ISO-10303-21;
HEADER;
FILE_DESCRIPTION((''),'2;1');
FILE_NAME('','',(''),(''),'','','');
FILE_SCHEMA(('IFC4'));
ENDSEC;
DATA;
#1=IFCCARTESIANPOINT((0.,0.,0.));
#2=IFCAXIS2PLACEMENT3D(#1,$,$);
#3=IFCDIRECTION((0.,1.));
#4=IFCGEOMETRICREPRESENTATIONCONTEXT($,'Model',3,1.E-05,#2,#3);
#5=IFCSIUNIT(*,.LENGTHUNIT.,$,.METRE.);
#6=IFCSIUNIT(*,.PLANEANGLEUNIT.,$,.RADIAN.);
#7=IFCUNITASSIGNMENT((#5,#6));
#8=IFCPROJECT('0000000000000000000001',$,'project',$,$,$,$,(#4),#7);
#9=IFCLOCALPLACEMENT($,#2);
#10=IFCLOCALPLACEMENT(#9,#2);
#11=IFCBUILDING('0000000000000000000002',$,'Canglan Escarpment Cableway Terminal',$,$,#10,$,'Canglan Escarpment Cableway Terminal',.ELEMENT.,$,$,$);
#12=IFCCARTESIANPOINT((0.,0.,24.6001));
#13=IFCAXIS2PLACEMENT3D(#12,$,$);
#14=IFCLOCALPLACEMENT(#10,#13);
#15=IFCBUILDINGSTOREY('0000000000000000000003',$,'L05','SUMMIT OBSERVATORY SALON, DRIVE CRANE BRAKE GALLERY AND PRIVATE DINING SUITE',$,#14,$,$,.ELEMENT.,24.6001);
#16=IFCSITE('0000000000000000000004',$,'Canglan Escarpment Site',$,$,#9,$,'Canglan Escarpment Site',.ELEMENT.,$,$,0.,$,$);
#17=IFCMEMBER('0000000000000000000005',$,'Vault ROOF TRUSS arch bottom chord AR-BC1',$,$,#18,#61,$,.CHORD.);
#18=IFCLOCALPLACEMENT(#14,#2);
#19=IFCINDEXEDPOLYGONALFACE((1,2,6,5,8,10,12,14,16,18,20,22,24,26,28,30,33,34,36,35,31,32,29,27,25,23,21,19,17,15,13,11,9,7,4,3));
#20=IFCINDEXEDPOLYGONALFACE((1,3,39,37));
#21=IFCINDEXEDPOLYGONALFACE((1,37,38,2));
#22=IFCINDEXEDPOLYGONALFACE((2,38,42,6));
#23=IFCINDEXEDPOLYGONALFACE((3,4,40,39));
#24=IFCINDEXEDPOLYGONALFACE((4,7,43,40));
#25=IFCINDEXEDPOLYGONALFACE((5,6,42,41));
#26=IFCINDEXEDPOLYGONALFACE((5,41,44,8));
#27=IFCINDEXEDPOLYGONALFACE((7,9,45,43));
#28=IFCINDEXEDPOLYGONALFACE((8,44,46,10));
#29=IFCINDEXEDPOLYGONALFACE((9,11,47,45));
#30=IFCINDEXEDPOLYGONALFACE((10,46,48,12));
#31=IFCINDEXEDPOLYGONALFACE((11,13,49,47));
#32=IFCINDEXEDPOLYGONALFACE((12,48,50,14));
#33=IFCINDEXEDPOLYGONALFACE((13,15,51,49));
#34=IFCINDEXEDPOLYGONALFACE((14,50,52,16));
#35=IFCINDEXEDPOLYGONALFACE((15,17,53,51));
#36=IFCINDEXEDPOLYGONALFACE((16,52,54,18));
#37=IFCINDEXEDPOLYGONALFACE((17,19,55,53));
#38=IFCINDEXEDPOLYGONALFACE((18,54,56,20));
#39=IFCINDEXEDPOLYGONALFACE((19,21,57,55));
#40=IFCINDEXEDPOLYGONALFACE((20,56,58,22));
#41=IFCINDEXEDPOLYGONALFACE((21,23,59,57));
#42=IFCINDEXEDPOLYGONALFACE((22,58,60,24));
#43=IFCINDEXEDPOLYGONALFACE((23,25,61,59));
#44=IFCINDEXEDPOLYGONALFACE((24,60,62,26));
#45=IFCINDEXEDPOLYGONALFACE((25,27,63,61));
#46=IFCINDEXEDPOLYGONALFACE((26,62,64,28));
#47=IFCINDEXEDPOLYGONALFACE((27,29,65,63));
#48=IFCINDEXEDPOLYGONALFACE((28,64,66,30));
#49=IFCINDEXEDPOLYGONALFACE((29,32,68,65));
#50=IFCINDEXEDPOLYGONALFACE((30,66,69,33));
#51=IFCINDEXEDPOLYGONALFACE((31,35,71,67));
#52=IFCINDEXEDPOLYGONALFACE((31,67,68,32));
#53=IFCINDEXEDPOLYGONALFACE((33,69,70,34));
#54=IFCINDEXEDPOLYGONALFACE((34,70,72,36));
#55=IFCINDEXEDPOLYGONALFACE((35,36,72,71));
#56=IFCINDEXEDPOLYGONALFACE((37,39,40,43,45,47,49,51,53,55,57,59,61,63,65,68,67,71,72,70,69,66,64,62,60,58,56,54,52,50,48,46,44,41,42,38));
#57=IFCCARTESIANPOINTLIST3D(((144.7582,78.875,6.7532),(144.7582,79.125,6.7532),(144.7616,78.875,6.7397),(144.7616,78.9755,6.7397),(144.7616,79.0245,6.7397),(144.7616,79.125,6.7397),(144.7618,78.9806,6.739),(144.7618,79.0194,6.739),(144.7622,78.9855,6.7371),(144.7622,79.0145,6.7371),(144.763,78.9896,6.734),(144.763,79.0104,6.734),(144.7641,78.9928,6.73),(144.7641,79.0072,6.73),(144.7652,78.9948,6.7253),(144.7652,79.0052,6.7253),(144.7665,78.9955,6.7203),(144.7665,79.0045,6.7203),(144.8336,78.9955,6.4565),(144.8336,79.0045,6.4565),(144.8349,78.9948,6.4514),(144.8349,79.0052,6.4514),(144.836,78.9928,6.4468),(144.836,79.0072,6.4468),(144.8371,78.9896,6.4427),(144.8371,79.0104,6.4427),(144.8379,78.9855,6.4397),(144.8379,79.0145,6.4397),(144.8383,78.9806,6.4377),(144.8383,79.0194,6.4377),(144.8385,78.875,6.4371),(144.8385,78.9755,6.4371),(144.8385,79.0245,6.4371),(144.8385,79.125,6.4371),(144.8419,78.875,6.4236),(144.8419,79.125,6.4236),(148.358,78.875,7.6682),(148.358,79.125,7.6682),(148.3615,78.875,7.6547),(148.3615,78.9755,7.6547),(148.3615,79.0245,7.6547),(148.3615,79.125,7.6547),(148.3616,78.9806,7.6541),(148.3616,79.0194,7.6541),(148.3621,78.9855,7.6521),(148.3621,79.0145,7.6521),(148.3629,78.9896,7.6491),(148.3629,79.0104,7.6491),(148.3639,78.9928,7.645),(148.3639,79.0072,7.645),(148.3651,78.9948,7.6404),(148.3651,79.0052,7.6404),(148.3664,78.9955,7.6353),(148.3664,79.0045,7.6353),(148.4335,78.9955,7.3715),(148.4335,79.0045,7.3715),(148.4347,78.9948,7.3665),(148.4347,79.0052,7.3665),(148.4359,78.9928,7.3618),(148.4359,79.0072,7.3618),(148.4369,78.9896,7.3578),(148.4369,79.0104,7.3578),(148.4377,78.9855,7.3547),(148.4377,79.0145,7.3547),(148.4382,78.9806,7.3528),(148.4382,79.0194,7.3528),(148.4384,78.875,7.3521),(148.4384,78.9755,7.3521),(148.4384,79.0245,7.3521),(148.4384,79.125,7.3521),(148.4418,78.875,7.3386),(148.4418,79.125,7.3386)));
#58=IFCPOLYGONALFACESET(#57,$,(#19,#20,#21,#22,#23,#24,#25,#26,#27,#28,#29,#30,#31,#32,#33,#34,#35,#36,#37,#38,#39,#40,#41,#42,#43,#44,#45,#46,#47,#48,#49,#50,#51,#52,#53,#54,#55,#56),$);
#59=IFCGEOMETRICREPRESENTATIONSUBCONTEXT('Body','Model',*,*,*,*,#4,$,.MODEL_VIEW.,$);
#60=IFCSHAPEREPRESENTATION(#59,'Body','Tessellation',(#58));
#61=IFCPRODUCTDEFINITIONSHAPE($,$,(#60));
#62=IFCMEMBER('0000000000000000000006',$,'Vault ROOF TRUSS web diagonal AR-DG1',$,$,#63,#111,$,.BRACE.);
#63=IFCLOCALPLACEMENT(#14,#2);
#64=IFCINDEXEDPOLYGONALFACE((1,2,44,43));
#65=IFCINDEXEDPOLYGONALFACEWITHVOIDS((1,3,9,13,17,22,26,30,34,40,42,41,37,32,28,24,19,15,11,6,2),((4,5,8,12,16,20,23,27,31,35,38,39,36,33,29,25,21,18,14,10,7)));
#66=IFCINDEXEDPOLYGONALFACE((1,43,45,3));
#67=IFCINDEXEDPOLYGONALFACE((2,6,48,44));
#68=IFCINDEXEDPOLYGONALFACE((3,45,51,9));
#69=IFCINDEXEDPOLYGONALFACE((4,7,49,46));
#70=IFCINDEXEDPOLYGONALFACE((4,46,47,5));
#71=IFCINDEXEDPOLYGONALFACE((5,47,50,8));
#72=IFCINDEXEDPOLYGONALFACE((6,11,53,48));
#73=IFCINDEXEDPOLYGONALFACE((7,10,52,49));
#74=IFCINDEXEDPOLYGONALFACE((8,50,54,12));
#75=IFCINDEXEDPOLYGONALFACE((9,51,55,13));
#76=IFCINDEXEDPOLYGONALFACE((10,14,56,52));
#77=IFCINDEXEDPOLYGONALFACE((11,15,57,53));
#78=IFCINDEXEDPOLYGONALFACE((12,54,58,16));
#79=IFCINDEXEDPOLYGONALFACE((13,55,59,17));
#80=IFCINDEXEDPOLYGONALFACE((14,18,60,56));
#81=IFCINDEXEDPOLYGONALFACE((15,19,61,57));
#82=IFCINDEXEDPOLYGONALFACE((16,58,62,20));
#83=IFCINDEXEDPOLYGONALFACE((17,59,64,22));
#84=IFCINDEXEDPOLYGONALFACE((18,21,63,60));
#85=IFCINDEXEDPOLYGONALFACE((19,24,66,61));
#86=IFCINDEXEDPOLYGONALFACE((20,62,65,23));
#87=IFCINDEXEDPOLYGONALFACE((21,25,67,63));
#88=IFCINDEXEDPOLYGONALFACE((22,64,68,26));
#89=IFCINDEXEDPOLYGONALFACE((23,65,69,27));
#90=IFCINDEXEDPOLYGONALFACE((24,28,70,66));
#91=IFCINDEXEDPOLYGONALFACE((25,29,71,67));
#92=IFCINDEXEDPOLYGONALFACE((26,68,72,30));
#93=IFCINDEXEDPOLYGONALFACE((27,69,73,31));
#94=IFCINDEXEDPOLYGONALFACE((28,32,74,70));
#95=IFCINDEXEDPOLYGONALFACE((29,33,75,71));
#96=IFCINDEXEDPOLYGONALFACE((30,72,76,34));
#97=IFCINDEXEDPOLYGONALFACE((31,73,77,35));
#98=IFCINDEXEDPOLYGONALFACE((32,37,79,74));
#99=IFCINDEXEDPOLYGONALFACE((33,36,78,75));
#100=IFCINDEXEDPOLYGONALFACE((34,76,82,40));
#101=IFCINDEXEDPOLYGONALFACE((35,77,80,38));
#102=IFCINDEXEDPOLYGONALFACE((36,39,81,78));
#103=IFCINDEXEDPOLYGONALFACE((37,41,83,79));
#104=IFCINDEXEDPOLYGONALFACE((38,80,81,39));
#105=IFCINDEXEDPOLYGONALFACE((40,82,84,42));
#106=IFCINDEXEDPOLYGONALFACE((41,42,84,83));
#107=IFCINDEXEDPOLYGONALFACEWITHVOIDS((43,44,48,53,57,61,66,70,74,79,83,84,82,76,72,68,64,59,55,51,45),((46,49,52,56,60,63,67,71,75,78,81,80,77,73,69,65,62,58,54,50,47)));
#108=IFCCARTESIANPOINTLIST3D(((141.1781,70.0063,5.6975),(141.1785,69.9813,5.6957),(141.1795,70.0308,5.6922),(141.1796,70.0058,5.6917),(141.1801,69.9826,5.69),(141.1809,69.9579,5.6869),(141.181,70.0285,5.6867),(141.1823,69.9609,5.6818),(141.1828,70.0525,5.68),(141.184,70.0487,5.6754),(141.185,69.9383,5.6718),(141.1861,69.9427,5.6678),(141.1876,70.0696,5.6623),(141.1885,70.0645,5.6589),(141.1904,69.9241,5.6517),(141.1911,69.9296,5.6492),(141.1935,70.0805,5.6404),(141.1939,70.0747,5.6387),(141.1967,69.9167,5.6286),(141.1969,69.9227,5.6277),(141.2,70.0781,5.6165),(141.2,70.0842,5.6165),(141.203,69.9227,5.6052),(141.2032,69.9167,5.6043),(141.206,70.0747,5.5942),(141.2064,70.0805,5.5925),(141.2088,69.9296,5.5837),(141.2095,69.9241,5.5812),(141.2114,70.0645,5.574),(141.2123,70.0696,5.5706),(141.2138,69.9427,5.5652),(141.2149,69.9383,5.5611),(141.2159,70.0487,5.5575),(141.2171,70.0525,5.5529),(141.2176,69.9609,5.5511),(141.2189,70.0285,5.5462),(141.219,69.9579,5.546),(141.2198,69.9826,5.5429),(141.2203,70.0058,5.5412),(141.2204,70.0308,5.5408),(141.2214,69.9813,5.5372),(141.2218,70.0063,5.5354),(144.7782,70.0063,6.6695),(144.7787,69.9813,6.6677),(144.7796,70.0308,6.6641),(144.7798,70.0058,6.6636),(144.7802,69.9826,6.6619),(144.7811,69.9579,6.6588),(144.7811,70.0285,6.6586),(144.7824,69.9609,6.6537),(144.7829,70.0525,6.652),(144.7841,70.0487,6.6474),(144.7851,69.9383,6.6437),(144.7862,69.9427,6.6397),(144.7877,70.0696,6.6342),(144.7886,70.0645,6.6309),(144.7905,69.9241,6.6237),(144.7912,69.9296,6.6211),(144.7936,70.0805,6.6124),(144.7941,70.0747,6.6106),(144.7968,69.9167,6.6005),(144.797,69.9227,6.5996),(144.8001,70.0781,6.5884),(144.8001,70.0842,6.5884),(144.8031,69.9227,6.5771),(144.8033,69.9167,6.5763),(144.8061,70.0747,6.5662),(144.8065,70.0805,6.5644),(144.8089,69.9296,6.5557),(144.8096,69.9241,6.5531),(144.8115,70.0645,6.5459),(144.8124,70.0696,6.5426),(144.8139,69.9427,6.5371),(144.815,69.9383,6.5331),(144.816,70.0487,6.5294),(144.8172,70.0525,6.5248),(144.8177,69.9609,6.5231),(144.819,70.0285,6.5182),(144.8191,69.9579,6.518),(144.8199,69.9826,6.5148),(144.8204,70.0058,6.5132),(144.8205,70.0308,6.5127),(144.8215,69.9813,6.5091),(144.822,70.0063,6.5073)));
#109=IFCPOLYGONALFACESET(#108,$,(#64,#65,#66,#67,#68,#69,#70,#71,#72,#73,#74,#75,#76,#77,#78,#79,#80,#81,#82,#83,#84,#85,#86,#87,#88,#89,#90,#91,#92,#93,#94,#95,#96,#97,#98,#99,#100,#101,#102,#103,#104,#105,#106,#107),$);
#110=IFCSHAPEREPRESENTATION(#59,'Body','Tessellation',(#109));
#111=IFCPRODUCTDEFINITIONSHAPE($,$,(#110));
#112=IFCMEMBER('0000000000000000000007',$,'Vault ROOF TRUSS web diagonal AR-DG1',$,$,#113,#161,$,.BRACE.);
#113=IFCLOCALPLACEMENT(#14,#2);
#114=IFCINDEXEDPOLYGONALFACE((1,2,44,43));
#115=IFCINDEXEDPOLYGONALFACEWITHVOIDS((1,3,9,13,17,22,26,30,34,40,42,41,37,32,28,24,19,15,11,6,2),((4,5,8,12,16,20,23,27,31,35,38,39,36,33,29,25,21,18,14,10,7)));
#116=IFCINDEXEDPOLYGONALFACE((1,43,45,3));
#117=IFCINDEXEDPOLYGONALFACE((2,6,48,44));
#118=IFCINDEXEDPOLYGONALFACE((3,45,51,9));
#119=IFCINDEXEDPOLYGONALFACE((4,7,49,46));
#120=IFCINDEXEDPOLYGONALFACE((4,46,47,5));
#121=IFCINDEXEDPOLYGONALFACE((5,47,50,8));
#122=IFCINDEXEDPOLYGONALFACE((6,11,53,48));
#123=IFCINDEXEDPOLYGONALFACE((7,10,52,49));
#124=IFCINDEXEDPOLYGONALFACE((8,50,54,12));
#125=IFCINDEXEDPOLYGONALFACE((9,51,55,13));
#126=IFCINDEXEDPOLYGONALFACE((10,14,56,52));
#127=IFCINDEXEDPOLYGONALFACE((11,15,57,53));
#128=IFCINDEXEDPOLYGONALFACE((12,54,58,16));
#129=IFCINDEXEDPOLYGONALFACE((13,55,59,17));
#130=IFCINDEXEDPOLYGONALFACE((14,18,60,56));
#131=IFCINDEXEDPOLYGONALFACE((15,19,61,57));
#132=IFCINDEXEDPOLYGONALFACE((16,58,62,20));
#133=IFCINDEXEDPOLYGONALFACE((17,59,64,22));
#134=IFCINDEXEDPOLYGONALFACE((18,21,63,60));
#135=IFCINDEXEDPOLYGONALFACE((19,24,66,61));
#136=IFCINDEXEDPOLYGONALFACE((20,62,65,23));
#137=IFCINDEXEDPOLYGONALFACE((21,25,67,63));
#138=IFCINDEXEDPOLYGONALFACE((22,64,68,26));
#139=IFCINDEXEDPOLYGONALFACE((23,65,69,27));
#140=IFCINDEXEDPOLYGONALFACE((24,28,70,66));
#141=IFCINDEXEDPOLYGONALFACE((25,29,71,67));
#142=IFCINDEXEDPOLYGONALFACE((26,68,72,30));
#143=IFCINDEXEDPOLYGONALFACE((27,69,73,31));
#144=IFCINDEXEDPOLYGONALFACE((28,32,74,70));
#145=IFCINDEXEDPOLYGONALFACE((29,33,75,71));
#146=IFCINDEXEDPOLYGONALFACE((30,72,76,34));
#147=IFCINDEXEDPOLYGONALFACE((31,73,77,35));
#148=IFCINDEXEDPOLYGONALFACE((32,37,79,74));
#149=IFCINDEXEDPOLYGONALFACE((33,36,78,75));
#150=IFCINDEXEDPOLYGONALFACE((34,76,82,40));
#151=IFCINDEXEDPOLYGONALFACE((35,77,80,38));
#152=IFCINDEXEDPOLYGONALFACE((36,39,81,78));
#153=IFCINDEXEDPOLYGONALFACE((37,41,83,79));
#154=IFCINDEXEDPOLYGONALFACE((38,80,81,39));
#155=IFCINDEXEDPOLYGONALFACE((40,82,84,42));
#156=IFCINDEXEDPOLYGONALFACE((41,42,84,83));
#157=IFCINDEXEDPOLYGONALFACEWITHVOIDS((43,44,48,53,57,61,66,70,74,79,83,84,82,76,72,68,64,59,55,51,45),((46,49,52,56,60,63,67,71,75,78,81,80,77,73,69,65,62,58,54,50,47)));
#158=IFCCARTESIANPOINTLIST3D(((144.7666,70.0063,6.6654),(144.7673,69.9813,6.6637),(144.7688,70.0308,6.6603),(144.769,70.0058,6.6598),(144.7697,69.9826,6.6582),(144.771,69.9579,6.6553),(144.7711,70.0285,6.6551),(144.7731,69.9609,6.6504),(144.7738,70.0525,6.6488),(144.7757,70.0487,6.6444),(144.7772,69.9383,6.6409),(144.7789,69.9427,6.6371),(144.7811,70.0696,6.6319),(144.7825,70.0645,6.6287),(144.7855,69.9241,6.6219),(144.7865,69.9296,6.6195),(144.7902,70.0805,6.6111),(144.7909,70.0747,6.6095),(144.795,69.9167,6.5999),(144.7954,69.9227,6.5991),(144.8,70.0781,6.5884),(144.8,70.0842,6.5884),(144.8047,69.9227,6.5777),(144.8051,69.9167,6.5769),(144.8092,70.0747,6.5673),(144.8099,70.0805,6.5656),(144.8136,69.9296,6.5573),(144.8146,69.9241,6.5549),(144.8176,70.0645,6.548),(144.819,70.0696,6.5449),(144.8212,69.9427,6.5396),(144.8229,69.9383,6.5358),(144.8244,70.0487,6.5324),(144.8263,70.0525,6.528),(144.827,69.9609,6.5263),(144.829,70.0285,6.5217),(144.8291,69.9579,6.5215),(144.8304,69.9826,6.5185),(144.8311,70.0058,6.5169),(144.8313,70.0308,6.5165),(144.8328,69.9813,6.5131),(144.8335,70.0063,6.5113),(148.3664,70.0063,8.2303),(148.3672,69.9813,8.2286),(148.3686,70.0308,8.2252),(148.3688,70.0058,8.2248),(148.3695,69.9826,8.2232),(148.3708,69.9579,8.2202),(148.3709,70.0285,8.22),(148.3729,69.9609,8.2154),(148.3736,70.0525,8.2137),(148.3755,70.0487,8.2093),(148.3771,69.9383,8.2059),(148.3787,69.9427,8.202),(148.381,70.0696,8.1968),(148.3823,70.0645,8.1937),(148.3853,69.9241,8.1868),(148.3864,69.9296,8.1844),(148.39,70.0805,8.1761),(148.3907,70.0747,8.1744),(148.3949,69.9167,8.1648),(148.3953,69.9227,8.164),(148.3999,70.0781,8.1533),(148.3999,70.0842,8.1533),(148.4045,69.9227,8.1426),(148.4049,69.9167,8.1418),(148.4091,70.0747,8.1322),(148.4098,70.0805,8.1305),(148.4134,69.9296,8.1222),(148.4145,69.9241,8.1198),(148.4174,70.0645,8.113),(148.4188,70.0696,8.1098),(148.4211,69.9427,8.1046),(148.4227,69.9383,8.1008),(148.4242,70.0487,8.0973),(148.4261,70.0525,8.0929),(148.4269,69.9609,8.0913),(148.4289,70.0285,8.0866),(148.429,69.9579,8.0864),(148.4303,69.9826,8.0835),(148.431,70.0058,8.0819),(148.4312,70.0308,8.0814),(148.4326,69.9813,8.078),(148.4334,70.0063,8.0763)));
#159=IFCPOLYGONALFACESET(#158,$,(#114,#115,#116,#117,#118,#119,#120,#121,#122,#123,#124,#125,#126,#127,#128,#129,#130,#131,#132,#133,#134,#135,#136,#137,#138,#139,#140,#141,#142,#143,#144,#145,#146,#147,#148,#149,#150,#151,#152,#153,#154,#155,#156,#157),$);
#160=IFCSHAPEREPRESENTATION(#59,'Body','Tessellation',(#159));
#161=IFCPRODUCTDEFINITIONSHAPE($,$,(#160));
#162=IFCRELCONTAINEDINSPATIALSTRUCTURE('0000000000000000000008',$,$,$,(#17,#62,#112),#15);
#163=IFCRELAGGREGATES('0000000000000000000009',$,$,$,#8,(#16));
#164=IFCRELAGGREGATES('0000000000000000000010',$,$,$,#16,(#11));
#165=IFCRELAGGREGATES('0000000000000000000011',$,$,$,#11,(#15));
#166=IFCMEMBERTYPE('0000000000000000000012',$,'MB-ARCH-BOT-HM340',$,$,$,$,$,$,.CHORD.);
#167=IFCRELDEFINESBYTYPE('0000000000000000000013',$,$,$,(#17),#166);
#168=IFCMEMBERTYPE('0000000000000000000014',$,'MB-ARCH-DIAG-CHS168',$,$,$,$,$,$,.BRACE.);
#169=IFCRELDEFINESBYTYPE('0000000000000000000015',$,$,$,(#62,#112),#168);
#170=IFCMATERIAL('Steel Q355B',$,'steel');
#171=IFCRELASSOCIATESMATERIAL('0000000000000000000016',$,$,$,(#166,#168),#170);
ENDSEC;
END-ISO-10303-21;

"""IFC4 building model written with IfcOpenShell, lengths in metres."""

from ifc_helpers import new_model, si_unit, direction, frame, origin, origin_2d, place, context, subcontext, project, spatial, hollow_circle, i_section, extrude, material, material_profile, profile_set, type_object, element, save


model = new_model("IFC4")

# Units and contexts
model_context = context("Model", 3, precision=1e-05, world=origin(), true_north=direction((0.0, 1.0)))
body_context = subcontext(model_context, "Body", "Model", "MODEL_VIEW")
ifc_project = project(units=[si_unit("LENGTHUNIT", "METRE"), si_unit("PLANEANGLEUNIT", "RADIAN")], contexts=[model_context])

# Site, building, storey
site_placement = place(None, origin())
site = spatial("IfcSite", under=ifc_project, at=site_placement, Name="Canglan Escarpment Site", LongName="Canglan Escarpment Site", CompositionType="ELEMENT", RefElevation=0.0)
building_placement = place(site_placement, origin())
building = spatial("IfcBuilding", under=site, at=building_placement, Name="Canglan Escarpment Cableway Terminal", LongName="Canglan Escarpment Cableway Terminal", CompositionType="ELEMENT")
storey_placement = place(building_placement, frame((0.0, 0.0, 24.6001)))
storey = spatial("IfcBuildingStorey", under=building, at=storey_placement, Name="L05", Description="SUMMIT OBSERVATORY SALON, DRIVE CRANE BRAKE GALLERY AND PRIVATE DINING SUITE", CompositionType="ELEMENT", Elevation=24.6001)

# Shared definitions
ifc_material_1 = material(Name="Steel Q355B", Category="steel")

# Members
ifc_material_profile_1 = material_profile(ifc_material_1, i_section(OverallWidth=0.25, OverallDepth=0.3401, WebThickness=0.009, FlangeThickness=0.0139, FilletRadius=0.02, at=origin_2d()), Name="HM 340x250x9x14")
ifc_profile_set_1 = profile_set([ifc_material_profile_1], Name="Steel Q355B")
member_type_1 = type_object("IfcMemberType", Name="MB-ARCH-BOT-HM340", PredefinedType="CHORD", material=ifc_profile_set_1)
member_1_placement = place(storey_placement, frame((144.8, 79.0, 6.5884), z_axis=(0.96918, 0.0, 0.246354), x_axis=(0.0, 1.0, 0.0)))
element("IfcMember", 1, at=member_1_placement, inside=storey, type_object=member_type_1, Name="Vault ROOF TRUSS arch bottom chord AR-BC1", PredefinedType="CHORD", context=body_context, shape_type="SweptSolid", body=[
    extrude(i_section(OverallWidth=0.25, OverallDepth=0.3401, WebThickness=0.009, FlangeThickness=0.0139, FilletRadius=0.02, at=origin_2d()), origin(), (0.0, 0.0, 1.0), 3.7144),
])
ifc_material_profile_2 = material_profile(ifc_material_1, hollow_circle(Radius=0.0842, WallThickness=0.0061, at=origin_2d()), Name="CHS 168.3x6")
ifc_profile_set_2 = profile_set([ifc_material_profile_2], Name="Steel Q355B")
member_type_2 = type_object("IfcMemberType", Name="MB-ARCH-DIAG-CHS168", PredefinedType="BRACE", material=ifc_profile_set_2)
member_2_placement = place(storey_placement, frame((141.2, 70.0, 5.6165), z_axis=(0.965436, 0.0, 0.26064), x_axis=(0.0, 1.0, 0.0)))
element("IfcMember", 2, at=member_2_placement, inside=storey, type_object=member_type_2, Name="Vault ROOF TRUSS web diagonal AR-DG1", PredefinedType="BRACE", context=body_context, shape_type="SweptSolid", body=[
    extrude(hollow_circle(Radius=0.0842, WallThickness=0.0061, at=origin_2d()), origin(), (0.0, 0.0, 1.0), 3.729),
])
member_3_placement = place(storey_placement, frame((144.8, 70.0, 6.5884), z_axis=(0.91709, 0.0, 0.398681), x_axis=(0.0, 1.0, 0.0)))
element("IfcMember", 3, at=member_3_placement, inside=storey, type_object=member_type_2, Name="Vault ROOF TRUSS web diagonal AR-DG1", PredefinedType="BRACE", context=body_context, shape_type="SweptSolid", body=[
    extrude(hollow_circle(Radius=0.0842, WallThickness=0.0061, at=origin_2d()), origin(), (0.0, 0.0, 1.0), 3.9253),
])

save(model, "model.ifc")
